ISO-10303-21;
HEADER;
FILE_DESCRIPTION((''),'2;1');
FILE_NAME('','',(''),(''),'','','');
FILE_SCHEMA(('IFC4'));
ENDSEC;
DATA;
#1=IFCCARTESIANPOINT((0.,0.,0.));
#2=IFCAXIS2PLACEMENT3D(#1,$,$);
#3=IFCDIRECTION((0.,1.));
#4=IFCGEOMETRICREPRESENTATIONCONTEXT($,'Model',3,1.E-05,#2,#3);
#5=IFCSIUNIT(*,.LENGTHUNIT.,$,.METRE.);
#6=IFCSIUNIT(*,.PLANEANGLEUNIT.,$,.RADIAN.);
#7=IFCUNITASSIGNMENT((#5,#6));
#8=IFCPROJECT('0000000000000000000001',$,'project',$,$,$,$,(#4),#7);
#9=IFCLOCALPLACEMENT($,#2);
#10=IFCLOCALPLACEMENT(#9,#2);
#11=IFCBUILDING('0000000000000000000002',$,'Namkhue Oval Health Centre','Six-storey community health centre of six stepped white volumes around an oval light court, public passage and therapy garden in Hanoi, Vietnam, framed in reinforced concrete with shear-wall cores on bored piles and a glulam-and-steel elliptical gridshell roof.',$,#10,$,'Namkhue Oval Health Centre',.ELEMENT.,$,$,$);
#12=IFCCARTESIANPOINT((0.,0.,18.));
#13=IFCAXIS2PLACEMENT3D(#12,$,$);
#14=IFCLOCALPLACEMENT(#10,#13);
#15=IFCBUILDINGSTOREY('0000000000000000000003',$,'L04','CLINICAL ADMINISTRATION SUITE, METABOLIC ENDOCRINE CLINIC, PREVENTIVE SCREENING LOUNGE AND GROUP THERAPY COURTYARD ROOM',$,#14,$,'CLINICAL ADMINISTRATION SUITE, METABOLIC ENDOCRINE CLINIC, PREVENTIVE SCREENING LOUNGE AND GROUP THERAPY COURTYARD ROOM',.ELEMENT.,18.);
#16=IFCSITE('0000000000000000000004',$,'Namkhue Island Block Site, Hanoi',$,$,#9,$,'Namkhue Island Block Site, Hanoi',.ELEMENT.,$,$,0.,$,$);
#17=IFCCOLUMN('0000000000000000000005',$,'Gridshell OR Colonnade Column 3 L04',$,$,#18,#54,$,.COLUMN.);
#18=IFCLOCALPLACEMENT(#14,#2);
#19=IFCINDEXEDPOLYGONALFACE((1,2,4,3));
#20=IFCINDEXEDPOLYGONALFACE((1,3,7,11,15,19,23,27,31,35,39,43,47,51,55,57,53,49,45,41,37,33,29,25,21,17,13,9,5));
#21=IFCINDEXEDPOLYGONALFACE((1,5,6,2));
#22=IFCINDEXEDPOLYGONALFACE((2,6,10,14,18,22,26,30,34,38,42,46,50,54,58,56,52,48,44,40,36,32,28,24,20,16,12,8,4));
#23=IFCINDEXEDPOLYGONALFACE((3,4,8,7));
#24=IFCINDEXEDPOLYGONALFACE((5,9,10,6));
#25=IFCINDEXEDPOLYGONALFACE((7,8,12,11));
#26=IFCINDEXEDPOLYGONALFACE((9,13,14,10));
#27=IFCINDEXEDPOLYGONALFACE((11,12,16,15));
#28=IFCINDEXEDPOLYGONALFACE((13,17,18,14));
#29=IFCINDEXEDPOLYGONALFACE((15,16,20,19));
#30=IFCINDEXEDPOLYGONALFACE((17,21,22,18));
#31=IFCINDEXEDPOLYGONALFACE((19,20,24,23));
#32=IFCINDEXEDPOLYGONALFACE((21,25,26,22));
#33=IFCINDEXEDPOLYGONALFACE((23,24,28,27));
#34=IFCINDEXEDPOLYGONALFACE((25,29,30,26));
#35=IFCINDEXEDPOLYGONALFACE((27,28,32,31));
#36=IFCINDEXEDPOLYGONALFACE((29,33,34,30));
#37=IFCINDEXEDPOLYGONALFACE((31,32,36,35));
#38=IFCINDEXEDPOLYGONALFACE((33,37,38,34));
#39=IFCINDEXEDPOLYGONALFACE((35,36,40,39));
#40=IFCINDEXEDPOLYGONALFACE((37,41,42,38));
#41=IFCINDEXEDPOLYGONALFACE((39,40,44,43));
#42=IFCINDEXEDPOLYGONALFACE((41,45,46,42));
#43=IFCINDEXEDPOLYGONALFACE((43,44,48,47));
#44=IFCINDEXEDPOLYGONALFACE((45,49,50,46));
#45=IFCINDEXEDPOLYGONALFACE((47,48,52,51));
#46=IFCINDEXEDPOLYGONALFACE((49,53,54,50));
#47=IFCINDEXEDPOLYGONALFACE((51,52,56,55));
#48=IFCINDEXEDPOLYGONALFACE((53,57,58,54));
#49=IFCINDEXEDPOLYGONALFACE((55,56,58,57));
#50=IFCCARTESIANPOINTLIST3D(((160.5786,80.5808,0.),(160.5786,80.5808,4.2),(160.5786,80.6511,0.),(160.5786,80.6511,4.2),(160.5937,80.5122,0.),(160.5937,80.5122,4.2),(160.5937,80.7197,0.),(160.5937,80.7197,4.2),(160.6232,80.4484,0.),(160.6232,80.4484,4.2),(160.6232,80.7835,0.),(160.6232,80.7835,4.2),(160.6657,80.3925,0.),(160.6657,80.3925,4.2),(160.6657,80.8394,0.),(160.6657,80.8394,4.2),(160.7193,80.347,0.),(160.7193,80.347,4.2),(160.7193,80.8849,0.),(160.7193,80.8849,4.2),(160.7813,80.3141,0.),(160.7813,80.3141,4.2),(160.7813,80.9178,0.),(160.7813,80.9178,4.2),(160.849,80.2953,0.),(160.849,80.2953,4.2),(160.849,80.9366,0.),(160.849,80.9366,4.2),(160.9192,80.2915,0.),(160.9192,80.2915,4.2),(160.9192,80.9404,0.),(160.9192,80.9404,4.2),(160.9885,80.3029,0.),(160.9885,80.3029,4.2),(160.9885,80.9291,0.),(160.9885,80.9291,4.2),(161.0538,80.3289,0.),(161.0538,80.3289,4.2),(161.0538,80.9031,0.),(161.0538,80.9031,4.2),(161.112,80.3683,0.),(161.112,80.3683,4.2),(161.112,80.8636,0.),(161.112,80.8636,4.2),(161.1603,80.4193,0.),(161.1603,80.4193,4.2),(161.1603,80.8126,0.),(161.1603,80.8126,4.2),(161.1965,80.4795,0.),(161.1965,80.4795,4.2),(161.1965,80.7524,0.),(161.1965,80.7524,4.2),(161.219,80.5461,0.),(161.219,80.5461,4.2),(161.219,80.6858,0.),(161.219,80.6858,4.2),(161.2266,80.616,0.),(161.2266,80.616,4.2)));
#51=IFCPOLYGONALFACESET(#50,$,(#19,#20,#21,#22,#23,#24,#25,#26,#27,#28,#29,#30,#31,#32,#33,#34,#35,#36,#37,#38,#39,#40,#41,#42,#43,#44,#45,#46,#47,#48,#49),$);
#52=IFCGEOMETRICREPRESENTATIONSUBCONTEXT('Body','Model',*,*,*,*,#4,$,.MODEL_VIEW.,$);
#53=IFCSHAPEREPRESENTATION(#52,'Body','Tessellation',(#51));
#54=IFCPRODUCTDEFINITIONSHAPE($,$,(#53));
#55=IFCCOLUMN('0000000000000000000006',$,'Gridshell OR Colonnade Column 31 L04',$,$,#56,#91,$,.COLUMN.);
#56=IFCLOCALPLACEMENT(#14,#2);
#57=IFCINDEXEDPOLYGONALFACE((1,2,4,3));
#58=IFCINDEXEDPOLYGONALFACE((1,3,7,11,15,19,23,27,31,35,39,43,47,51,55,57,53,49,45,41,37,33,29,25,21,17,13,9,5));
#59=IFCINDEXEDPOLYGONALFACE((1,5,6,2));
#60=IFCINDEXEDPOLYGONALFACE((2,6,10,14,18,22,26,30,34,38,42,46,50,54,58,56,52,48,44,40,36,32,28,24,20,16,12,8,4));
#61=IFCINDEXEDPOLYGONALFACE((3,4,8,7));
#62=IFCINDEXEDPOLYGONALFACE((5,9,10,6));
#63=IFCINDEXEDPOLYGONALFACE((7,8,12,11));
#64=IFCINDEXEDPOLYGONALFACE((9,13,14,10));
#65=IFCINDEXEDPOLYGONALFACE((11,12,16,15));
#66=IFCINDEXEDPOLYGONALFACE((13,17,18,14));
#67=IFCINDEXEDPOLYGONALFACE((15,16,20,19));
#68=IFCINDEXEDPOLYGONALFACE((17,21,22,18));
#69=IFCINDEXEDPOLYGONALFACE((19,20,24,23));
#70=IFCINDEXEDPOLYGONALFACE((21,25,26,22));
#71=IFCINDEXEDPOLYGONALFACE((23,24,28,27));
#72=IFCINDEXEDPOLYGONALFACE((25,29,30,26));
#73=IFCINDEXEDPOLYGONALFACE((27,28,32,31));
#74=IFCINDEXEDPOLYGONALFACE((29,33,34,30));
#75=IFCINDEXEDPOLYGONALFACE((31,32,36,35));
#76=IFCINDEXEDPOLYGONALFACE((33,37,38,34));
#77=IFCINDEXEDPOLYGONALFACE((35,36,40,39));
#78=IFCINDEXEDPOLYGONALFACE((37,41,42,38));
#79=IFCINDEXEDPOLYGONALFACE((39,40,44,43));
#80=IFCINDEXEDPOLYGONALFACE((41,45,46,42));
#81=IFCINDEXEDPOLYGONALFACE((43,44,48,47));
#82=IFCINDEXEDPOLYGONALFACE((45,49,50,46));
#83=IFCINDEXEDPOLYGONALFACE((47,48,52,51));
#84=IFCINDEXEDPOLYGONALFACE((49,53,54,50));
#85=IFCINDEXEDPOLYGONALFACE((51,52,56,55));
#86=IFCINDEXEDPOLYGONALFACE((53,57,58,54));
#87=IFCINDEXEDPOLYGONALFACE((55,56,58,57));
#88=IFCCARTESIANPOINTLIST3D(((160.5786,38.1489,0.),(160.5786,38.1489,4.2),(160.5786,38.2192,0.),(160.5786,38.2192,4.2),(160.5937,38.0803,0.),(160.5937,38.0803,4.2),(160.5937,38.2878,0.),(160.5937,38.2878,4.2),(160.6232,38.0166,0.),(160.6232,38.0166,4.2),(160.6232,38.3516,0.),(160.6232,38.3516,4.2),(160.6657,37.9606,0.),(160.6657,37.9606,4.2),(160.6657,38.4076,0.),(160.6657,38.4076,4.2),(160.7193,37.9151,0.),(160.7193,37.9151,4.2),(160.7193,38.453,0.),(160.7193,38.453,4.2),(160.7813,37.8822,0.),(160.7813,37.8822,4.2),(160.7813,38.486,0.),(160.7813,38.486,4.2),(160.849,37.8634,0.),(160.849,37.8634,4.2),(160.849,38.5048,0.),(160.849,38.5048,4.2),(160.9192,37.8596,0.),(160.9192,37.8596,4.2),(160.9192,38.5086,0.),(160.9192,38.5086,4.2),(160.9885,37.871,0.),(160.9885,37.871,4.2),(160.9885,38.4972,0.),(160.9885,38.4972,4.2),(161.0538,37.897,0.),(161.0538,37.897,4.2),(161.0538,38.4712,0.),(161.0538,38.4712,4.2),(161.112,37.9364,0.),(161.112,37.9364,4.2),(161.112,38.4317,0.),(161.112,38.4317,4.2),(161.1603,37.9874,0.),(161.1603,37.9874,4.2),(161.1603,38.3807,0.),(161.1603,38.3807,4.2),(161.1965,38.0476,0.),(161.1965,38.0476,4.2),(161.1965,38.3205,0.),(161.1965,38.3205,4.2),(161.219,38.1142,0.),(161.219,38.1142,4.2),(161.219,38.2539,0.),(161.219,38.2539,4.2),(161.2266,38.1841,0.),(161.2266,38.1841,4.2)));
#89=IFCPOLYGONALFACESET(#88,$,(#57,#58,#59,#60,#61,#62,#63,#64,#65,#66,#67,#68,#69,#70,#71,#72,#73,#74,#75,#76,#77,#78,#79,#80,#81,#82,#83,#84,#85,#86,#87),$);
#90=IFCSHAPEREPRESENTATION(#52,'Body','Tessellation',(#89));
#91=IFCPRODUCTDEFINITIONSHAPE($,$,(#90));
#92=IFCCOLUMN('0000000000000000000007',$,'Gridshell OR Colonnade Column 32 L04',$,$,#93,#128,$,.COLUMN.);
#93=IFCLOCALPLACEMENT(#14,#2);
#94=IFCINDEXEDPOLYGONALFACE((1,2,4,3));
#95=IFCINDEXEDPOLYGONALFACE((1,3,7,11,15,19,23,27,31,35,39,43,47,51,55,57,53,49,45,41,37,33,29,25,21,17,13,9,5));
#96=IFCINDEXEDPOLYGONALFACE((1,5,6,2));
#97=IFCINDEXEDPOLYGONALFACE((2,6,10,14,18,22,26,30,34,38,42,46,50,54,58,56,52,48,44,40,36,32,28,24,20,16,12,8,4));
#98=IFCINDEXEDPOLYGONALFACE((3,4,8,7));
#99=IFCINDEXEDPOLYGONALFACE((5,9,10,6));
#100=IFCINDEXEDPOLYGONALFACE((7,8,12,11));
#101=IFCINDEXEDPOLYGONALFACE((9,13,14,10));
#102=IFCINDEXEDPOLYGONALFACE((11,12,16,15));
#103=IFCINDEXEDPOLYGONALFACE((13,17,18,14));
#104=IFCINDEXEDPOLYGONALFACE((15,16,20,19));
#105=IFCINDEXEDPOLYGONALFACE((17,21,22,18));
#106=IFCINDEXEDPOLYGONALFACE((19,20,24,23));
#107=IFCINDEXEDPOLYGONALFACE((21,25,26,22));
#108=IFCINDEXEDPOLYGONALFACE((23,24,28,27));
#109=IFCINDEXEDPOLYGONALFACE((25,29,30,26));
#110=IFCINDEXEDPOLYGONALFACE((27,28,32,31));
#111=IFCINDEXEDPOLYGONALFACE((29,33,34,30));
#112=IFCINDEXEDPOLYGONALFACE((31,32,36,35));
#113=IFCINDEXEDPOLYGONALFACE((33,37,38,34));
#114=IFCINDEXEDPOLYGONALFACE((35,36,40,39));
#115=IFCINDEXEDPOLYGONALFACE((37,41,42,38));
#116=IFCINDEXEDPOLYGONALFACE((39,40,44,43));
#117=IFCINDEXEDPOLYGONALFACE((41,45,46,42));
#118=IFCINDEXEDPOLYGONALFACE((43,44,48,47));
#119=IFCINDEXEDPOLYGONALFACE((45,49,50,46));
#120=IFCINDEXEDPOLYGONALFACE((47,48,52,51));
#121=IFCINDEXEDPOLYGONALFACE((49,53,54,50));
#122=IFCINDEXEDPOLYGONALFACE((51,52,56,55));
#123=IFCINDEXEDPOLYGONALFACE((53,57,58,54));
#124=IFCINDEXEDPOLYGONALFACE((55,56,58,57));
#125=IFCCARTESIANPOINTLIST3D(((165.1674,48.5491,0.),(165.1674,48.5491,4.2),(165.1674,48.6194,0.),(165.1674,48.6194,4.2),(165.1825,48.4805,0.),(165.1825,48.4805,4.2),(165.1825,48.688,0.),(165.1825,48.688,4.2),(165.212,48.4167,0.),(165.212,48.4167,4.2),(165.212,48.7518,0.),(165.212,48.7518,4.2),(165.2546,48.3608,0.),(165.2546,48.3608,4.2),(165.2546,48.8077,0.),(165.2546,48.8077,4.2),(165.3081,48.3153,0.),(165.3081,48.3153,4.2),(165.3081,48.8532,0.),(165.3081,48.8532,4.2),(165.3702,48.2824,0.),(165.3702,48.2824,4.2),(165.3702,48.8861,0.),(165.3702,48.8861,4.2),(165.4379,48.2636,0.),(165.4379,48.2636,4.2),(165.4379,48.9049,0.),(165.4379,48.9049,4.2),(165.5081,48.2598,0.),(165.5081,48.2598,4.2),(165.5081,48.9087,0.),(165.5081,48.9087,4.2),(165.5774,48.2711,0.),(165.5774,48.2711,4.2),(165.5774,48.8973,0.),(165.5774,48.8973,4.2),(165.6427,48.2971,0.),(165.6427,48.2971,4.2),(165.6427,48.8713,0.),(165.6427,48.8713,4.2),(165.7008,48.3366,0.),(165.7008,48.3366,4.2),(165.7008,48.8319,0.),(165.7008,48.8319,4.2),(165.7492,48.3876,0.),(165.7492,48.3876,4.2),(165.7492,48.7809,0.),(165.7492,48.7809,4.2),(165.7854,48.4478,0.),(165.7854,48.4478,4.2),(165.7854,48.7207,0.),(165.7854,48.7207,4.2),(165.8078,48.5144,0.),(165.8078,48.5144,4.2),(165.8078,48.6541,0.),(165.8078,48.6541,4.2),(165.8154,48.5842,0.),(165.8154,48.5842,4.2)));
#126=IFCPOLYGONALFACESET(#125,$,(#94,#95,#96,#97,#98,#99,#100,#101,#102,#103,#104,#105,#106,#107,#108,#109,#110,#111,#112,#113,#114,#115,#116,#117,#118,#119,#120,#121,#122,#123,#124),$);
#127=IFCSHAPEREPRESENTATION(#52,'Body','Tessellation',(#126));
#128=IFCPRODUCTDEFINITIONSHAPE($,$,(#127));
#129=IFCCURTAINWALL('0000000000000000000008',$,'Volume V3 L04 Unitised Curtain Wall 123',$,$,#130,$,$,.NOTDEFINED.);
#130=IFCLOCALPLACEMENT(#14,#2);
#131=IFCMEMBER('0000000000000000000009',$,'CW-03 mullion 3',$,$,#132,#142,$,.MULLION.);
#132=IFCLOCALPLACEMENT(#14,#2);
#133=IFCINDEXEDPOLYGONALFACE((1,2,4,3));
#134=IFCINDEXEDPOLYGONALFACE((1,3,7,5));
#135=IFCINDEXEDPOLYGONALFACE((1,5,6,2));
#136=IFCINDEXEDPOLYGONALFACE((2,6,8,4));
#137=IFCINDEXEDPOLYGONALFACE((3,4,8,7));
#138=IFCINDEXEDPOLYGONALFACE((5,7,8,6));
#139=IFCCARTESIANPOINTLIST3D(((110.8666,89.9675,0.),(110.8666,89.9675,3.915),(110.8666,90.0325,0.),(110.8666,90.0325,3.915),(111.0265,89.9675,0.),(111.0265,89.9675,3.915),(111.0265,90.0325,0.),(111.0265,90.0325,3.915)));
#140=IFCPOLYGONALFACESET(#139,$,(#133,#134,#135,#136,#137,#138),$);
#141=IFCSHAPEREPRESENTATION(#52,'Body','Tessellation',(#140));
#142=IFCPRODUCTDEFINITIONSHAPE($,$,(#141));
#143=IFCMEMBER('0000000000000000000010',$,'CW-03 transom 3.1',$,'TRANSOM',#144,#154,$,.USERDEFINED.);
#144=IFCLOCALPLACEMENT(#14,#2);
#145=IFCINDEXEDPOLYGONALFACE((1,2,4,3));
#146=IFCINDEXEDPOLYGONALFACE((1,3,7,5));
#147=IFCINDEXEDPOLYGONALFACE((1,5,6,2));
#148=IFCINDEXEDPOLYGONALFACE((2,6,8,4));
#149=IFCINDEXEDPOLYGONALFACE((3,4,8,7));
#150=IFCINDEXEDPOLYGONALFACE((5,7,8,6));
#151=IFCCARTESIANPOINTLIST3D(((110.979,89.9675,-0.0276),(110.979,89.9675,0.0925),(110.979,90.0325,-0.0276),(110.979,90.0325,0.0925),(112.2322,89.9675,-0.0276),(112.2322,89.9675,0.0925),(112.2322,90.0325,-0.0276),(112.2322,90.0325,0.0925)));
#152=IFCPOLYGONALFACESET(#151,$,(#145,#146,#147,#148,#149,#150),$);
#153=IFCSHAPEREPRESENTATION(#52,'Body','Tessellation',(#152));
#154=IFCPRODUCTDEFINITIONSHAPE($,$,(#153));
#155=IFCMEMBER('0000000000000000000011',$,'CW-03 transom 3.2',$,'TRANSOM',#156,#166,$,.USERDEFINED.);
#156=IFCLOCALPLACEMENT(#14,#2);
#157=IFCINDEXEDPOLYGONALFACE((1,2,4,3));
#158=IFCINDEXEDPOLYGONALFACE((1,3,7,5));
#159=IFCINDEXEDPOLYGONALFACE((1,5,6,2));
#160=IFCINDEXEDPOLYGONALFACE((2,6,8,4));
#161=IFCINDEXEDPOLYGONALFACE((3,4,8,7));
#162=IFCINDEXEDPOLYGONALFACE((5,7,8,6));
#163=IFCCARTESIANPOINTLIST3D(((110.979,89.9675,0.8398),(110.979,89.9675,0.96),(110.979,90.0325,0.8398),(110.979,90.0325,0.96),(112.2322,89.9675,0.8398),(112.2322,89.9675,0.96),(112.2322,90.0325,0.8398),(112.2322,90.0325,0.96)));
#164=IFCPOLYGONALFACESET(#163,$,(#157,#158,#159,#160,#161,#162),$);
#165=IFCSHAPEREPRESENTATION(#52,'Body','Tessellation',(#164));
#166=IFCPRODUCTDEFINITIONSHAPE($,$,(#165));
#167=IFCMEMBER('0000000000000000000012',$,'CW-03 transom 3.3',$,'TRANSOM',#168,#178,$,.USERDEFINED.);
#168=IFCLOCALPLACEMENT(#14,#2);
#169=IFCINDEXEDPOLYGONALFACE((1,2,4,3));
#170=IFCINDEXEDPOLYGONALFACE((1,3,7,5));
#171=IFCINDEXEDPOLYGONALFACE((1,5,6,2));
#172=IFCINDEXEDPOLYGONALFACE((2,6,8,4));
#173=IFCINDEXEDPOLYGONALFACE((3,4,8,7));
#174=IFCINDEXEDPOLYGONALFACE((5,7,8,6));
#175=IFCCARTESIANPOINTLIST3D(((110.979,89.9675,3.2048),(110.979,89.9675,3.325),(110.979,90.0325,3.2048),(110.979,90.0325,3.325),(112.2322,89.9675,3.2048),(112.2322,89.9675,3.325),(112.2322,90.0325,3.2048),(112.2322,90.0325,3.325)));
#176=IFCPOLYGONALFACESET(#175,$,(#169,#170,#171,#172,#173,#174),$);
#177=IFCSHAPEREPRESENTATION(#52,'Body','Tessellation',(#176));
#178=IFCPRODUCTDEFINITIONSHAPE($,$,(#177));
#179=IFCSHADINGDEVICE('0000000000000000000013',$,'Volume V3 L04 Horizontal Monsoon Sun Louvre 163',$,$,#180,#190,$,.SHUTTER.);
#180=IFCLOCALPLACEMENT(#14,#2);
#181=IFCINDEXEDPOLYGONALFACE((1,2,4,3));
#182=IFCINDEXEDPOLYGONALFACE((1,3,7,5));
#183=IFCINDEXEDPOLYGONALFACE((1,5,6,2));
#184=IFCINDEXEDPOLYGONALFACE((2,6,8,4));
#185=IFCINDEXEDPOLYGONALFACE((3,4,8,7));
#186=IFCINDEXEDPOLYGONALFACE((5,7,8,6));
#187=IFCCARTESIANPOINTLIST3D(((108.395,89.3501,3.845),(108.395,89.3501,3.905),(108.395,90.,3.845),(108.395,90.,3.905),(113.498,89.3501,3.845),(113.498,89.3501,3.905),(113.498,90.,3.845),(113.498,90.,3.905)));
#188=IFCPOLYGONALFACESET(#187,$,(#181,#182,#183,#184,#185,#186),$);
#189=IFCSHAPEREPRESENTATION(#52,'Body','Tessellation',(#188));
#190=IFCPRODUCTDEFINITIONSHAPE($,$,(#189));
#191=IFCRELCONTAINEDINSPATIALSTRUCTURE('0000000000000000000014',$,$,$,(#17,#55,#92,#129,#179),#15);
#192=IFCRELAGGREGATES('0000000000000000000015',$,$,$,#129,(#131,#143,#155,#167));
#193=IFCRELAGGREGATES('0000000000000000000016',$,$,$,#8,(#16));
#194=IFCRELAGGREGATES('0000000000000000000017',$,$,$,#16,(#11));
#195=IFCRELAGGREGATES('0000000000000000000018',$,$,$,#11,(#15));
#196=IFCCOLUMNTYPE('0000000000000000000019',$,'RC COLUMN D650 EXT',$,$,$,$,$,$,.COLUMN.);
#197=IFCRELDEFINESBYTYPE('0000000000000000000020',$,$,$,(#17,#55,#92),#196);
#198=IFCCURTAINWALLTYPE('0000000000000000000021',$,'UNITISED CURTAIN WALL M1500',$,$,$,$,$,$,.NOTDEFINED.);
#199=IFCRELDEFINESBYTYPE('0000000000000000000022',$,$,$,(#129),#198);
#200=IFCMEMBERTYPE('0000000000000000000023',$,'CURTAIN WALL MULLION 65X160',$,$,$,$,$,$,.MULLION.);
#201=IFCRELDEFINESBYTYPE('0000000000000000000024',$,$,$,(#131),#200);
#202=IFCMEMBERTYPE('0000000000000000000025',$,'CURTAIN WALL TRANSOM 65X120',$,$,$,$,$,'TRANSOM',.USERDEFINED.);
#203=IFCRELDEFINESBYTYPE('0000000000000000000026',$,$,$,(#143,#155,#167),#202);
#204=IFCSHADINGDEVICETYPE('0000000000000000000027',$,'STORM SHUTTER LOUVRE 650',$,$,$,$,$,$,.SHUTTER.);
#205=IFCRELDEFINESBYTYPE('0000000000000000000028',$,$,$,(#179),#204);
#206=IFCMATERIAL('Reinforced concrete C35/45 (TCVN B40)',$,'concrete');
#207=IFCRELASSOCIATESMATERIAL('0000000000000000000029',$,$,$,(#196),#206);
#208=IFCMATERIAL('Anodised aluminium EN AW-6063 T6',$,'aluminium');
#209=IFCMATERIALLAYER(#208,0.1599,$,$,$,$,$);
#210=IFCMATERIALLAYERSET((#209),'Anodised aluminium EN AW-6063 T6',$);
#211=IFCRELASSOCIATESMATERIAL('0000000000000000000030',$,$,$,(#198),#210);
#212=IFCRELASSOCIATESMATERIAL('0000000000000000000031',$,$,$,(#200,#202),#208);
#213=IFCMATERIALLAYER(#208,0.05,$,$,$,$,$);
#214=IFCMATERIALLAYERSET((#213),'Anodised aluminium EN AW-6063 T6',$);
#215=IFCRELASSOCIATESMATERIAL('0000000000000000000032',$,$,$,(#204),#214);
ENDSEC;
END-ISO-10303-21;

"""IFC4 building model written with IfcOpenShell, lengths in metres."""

from ifc_helpers import new_model, si_unit, direction, frame, origin, origin_2d, place, context, subcontext, project, spatial, rectangle, circle, extrude, material, layer, layer_set, material_profile, profile_set, type_object, element, aggregate, save


model = new_model("IFC4")

# Units and contexts
model_context = context("Model", 3, precision=1e-05, world=origin(), true_north=direction((0.0, 1.0)))
body_context = subcontext(model_context, "Body", "Model", "MODEL_VIEW")
ifc_project = project(units=[si_unit("LENGTHUNIT", "METRE"), si_unit("PLANEANGLEUNIT", "RADIAN")], contexts=[model_context])

# Site, building, storey
site_placement = place(None, origin())
site = spatial("IfcSite", under=ifc_project, at=site_placement, Name="Namkhue Island Block Site, Hanoi", LongName="Namkhue Island Block Site, Hanoi", CompositionType="ELEMENT", RefElevation=0.0)
building_placement = place(site_placement, origin())
building = spatial("IfcBuilding", under=site, at=building_placement, Name="Namkhue Oval Health Centre", Description="Six-storey community health centre of six stepped white volumes around an oval light court, public passage and therapy garden in Hanoi, Vietnam, framed in reinforced concrete with shear-wall cores on bored piles and a glulam-and-steel elliptical gridshell roof.", LongName="Namkhue Oval Health Centre", CompositionType="ELEMENT")
storey_placement = place(building_placement, frame((0.0, 0.0, 18.0)))
storey = spatial("IfcBuildingStorey", under=building, at=storey_placement, Name="L04", Description="CLINICAL ADMINISTRATION SUITE, METABOLIC ENDOCRINE CLINIC, PREVENTIVE SCREENING LOUNGE AND GROUP THERAPY COURTYARD ROOM", LongName="CLINICAL ADMINISTRATION SUITE, METABOLIC ENDOCRINE CLINIC, PREVENTIVE SCREENING LOUNGE AND GROUP THERAPY COURTYARD ROOM", CompositionType="ELEMENT", Elevation=18.0)

# Columns
ifc_material_1 = material(Name="Reinforced concrete C35/45 (TCVN B40)", Category="concrete")
ifc_material_profile_1 = material_profile(ifc_material_1, circle(Radius=0.325, at=origin_2d()), Name="RC D650")
ifc_profile_set_1 = profile_set([ifc_material_profile_1], Name="Reinforced concrete C35/45 (TCVN B40)")
column_type_1 = type_object("IfcColumnType", Name="RC COLUMN D650 EXT", PredefinedType="COLUMN", material=ifc_profile_set_1)
for number, where, z_axis, x_axis, name in (
    (1, (160.9016, 80.616, 0.0), (0.0, 0.0, 1.0), (1.0, 0.0, 0.0), "Gridshell OR Colonnade Column 3 L04"),
    (2, (160.9016, 38.1841, 0.0), (0.0, 0.0, 1.0), (1.0, 0.0, 0.0), "Gridshell OR Colonnade Column 31 L04"),
    (3, (165.4905, 48.5842, 0.0), (0.0, 0.0, 1.0), (1.0, 0.0, 0.0), "Gridshell OR Colonnade Column 32 L04"),
):
    element("IfcColumn", number, at=place(storey_placement, frame(where, z_axis=z_axis, x_axis=x_axis)), inside=storey, type_object=column_type_1, Name=name, PredefinedType="COLUMN", context=body_context, shape_type="SweptSolid", body=[
        extrude(circle(Radius=0.325, at=origin_2d()), origin(), (0.0, 0.0, 1.0), 4.2),
    ])

# Curtain wall, members
ifc_material_2 = material(Name="Anodised aluminium EN AW-6063 T6", Category="aluminium")
ifc_layer_1 = layer(ifc_material_2, 0.1599)
ifc_layer_set_1 = layer_set([ifc_layer_1], Name="Anodised aluminium EN AW-6063 T6")
curtain_wall_type = type_object("IfcCurtainWallType", Name="UNITISED CURTAIN WALL M1500", PredefinedType="NOTDEFINED", material=ifc_layer_set_1)
curtain_wall_placement = place(storey_placement, origin())
curtain_wall = element("IfcCurtainWall", 4, at=curtain_wall_placement, inside=storey, type_object=curtain_wall_type, Name="Volume V3 L04 Unitised Curtain Wall 123", PredefinedType="NOTDEFINED")
ifc_material_profile_2 = material_profile(ifc_material_2, rectangle(XDim=0.0649, YDim=0.1599, at=origin_2d()), Name="ALU 65x160")
ifc_profile_set_2 = profile_set([ifc_material_profile_2], Name="Anodised aluminium EN AW-6063 T6")
member_type_1 = type_object("IfcMemberType", Name="CURTAIN WALL MULLION 65X160", PredefinedType="MULLION", material=ifc_profile_set_2)
member_1_placement = place(storey_placement, frame((110.9465, 90.0, 0.0), z_axis=(0.0, 0.0, 1.0), x_axis=(0.0, 1.0, 0.0)))
member_1 = element("IfcMember", 5, at=member_1_placement, type_object=member_type_1, Name="CW-03 mullion 3", PredefinedType="MULLION", context=body_context, shape_type="SweptSolid", body=[
    extrude(rectangle(XDim=0.0649, YDim=0.1599, at=origin_2d()), origin(), (0.0, 0.0, 1.0), 3.915),
])
ifc_material_profile_3 = material_profile(ifc_material_2, rectangle(XDim=0.0649, YDim=0.1201, at=origin_2d()), Name="ALU 65x120")
ifc_profile_set_3 = profile_set([ifc_material_profile_3], Name="Anodised aluminium EN AW-6063 T6")
member_type_2 = type_object("IfcMemberType", Name="CURTAIN WALL TRANSOM 65X120", ElementType="TRANSOM", PredefinedType="USERDEFINED", material=ifc_profile_set_3)
member_2_placement = place(storey_placement, frame((110.979, 90.0, 0.0325), z_axis=(1.0, 0.0, 0.0), x_axis=(0.0, 1.0, 0.0)))
member_2 = element("IfcMember", 6, at=member_2_placement, type_object=member_type_2, Name="CW-03 transom 3.1", ObjectType="TRANSOM", PredefinedType="USERDEFINED", context=body_context, shape_type="SweptSolid", body=[
    extrude(rectangle(XDim=0.0649, YDim=0.1201, at=origin_2d()), origin(), (0.0, 0.0, 1.0), 1.2532),
])
member_3_placement = place(storey_placement, frame((110.979, 90.0, 0.8999), z_axis=(1.0, 0.0, 0.0), x_axis=(0.0, 1.0, 0.0)))
member_3 = element("IfcMember", 7, at=member_3_placement, type_object=member_type_2, Name="CW-03 transom 3.2", ObjectType="TRANSOM", PredefinedType="USERDEFINED", context=body_context, shape_type="SweptSolid", body=[
    extrude(rectangle(XDim=0.0649, YDim=0.1201, at=origin_2d()), origin(), (0.0, 0.0, 1.0), 1.2532),
])
member_4_placement = place(storey_placement, frame((110.979, 90.0, 3.2649), z_axis=(1.0, 0.0, 0.0), x_axis=(0.0, 1.0, 0.0)))
member_4 = element("IfcMember", 8, at=member_4_placement, type_object=member_type_2, Name="CW-03 transom 3.3", ObjectType="TRANSOM", PredefinedType="USERDEFINED", context=body_context, shape_type="SweptSolid", body=[
    extrude(rectangle(XDim=0.0649, YDim=0.1201, at=origin_2d()), origin(), (0.0, 0.0, 1.0), 1.2532),
])
aggregate(curtain_wall, [member_1, member_2, member_3, member_4])

# Shading device
ifc_layer_2 = layer(ifc_material_2, 0.05)
ifc_layer_set_2 = layer_set([ifc_layer_2], Name="Anodised aluminium EN AW-6063 T6")
shading_device_type = type_object("IfcShadingDeviceType", Name="STORM SHUTTER LOUVRE 650", PredefinedType="SHUTTER", material=ifc_layer_set_2)
shading_device_placement = place(storey_placement, frame((110.9465, 89.675, 3.845), z_axis=(0.0, 0.0, 1.0), x_axis=(1.0, 0.0, 0.0)))
element("IfcShadingDevice", 9, at=shading_device_placement, inside=storey, type_object=shading_device_type, Name="Volume V3 L04 Horizontal Monsoon Sun Louvre 163", PredefinedType="SHUTTER", context=body_context, shape_type="SweptSolid", body=[
    extrude(rectangle(XDim=5.103, YDim=0.6499, at=origin_2d()), origin(), (0.0, 0.0, 1.0), 0.0601),
])

save(model, "model.ifc")
